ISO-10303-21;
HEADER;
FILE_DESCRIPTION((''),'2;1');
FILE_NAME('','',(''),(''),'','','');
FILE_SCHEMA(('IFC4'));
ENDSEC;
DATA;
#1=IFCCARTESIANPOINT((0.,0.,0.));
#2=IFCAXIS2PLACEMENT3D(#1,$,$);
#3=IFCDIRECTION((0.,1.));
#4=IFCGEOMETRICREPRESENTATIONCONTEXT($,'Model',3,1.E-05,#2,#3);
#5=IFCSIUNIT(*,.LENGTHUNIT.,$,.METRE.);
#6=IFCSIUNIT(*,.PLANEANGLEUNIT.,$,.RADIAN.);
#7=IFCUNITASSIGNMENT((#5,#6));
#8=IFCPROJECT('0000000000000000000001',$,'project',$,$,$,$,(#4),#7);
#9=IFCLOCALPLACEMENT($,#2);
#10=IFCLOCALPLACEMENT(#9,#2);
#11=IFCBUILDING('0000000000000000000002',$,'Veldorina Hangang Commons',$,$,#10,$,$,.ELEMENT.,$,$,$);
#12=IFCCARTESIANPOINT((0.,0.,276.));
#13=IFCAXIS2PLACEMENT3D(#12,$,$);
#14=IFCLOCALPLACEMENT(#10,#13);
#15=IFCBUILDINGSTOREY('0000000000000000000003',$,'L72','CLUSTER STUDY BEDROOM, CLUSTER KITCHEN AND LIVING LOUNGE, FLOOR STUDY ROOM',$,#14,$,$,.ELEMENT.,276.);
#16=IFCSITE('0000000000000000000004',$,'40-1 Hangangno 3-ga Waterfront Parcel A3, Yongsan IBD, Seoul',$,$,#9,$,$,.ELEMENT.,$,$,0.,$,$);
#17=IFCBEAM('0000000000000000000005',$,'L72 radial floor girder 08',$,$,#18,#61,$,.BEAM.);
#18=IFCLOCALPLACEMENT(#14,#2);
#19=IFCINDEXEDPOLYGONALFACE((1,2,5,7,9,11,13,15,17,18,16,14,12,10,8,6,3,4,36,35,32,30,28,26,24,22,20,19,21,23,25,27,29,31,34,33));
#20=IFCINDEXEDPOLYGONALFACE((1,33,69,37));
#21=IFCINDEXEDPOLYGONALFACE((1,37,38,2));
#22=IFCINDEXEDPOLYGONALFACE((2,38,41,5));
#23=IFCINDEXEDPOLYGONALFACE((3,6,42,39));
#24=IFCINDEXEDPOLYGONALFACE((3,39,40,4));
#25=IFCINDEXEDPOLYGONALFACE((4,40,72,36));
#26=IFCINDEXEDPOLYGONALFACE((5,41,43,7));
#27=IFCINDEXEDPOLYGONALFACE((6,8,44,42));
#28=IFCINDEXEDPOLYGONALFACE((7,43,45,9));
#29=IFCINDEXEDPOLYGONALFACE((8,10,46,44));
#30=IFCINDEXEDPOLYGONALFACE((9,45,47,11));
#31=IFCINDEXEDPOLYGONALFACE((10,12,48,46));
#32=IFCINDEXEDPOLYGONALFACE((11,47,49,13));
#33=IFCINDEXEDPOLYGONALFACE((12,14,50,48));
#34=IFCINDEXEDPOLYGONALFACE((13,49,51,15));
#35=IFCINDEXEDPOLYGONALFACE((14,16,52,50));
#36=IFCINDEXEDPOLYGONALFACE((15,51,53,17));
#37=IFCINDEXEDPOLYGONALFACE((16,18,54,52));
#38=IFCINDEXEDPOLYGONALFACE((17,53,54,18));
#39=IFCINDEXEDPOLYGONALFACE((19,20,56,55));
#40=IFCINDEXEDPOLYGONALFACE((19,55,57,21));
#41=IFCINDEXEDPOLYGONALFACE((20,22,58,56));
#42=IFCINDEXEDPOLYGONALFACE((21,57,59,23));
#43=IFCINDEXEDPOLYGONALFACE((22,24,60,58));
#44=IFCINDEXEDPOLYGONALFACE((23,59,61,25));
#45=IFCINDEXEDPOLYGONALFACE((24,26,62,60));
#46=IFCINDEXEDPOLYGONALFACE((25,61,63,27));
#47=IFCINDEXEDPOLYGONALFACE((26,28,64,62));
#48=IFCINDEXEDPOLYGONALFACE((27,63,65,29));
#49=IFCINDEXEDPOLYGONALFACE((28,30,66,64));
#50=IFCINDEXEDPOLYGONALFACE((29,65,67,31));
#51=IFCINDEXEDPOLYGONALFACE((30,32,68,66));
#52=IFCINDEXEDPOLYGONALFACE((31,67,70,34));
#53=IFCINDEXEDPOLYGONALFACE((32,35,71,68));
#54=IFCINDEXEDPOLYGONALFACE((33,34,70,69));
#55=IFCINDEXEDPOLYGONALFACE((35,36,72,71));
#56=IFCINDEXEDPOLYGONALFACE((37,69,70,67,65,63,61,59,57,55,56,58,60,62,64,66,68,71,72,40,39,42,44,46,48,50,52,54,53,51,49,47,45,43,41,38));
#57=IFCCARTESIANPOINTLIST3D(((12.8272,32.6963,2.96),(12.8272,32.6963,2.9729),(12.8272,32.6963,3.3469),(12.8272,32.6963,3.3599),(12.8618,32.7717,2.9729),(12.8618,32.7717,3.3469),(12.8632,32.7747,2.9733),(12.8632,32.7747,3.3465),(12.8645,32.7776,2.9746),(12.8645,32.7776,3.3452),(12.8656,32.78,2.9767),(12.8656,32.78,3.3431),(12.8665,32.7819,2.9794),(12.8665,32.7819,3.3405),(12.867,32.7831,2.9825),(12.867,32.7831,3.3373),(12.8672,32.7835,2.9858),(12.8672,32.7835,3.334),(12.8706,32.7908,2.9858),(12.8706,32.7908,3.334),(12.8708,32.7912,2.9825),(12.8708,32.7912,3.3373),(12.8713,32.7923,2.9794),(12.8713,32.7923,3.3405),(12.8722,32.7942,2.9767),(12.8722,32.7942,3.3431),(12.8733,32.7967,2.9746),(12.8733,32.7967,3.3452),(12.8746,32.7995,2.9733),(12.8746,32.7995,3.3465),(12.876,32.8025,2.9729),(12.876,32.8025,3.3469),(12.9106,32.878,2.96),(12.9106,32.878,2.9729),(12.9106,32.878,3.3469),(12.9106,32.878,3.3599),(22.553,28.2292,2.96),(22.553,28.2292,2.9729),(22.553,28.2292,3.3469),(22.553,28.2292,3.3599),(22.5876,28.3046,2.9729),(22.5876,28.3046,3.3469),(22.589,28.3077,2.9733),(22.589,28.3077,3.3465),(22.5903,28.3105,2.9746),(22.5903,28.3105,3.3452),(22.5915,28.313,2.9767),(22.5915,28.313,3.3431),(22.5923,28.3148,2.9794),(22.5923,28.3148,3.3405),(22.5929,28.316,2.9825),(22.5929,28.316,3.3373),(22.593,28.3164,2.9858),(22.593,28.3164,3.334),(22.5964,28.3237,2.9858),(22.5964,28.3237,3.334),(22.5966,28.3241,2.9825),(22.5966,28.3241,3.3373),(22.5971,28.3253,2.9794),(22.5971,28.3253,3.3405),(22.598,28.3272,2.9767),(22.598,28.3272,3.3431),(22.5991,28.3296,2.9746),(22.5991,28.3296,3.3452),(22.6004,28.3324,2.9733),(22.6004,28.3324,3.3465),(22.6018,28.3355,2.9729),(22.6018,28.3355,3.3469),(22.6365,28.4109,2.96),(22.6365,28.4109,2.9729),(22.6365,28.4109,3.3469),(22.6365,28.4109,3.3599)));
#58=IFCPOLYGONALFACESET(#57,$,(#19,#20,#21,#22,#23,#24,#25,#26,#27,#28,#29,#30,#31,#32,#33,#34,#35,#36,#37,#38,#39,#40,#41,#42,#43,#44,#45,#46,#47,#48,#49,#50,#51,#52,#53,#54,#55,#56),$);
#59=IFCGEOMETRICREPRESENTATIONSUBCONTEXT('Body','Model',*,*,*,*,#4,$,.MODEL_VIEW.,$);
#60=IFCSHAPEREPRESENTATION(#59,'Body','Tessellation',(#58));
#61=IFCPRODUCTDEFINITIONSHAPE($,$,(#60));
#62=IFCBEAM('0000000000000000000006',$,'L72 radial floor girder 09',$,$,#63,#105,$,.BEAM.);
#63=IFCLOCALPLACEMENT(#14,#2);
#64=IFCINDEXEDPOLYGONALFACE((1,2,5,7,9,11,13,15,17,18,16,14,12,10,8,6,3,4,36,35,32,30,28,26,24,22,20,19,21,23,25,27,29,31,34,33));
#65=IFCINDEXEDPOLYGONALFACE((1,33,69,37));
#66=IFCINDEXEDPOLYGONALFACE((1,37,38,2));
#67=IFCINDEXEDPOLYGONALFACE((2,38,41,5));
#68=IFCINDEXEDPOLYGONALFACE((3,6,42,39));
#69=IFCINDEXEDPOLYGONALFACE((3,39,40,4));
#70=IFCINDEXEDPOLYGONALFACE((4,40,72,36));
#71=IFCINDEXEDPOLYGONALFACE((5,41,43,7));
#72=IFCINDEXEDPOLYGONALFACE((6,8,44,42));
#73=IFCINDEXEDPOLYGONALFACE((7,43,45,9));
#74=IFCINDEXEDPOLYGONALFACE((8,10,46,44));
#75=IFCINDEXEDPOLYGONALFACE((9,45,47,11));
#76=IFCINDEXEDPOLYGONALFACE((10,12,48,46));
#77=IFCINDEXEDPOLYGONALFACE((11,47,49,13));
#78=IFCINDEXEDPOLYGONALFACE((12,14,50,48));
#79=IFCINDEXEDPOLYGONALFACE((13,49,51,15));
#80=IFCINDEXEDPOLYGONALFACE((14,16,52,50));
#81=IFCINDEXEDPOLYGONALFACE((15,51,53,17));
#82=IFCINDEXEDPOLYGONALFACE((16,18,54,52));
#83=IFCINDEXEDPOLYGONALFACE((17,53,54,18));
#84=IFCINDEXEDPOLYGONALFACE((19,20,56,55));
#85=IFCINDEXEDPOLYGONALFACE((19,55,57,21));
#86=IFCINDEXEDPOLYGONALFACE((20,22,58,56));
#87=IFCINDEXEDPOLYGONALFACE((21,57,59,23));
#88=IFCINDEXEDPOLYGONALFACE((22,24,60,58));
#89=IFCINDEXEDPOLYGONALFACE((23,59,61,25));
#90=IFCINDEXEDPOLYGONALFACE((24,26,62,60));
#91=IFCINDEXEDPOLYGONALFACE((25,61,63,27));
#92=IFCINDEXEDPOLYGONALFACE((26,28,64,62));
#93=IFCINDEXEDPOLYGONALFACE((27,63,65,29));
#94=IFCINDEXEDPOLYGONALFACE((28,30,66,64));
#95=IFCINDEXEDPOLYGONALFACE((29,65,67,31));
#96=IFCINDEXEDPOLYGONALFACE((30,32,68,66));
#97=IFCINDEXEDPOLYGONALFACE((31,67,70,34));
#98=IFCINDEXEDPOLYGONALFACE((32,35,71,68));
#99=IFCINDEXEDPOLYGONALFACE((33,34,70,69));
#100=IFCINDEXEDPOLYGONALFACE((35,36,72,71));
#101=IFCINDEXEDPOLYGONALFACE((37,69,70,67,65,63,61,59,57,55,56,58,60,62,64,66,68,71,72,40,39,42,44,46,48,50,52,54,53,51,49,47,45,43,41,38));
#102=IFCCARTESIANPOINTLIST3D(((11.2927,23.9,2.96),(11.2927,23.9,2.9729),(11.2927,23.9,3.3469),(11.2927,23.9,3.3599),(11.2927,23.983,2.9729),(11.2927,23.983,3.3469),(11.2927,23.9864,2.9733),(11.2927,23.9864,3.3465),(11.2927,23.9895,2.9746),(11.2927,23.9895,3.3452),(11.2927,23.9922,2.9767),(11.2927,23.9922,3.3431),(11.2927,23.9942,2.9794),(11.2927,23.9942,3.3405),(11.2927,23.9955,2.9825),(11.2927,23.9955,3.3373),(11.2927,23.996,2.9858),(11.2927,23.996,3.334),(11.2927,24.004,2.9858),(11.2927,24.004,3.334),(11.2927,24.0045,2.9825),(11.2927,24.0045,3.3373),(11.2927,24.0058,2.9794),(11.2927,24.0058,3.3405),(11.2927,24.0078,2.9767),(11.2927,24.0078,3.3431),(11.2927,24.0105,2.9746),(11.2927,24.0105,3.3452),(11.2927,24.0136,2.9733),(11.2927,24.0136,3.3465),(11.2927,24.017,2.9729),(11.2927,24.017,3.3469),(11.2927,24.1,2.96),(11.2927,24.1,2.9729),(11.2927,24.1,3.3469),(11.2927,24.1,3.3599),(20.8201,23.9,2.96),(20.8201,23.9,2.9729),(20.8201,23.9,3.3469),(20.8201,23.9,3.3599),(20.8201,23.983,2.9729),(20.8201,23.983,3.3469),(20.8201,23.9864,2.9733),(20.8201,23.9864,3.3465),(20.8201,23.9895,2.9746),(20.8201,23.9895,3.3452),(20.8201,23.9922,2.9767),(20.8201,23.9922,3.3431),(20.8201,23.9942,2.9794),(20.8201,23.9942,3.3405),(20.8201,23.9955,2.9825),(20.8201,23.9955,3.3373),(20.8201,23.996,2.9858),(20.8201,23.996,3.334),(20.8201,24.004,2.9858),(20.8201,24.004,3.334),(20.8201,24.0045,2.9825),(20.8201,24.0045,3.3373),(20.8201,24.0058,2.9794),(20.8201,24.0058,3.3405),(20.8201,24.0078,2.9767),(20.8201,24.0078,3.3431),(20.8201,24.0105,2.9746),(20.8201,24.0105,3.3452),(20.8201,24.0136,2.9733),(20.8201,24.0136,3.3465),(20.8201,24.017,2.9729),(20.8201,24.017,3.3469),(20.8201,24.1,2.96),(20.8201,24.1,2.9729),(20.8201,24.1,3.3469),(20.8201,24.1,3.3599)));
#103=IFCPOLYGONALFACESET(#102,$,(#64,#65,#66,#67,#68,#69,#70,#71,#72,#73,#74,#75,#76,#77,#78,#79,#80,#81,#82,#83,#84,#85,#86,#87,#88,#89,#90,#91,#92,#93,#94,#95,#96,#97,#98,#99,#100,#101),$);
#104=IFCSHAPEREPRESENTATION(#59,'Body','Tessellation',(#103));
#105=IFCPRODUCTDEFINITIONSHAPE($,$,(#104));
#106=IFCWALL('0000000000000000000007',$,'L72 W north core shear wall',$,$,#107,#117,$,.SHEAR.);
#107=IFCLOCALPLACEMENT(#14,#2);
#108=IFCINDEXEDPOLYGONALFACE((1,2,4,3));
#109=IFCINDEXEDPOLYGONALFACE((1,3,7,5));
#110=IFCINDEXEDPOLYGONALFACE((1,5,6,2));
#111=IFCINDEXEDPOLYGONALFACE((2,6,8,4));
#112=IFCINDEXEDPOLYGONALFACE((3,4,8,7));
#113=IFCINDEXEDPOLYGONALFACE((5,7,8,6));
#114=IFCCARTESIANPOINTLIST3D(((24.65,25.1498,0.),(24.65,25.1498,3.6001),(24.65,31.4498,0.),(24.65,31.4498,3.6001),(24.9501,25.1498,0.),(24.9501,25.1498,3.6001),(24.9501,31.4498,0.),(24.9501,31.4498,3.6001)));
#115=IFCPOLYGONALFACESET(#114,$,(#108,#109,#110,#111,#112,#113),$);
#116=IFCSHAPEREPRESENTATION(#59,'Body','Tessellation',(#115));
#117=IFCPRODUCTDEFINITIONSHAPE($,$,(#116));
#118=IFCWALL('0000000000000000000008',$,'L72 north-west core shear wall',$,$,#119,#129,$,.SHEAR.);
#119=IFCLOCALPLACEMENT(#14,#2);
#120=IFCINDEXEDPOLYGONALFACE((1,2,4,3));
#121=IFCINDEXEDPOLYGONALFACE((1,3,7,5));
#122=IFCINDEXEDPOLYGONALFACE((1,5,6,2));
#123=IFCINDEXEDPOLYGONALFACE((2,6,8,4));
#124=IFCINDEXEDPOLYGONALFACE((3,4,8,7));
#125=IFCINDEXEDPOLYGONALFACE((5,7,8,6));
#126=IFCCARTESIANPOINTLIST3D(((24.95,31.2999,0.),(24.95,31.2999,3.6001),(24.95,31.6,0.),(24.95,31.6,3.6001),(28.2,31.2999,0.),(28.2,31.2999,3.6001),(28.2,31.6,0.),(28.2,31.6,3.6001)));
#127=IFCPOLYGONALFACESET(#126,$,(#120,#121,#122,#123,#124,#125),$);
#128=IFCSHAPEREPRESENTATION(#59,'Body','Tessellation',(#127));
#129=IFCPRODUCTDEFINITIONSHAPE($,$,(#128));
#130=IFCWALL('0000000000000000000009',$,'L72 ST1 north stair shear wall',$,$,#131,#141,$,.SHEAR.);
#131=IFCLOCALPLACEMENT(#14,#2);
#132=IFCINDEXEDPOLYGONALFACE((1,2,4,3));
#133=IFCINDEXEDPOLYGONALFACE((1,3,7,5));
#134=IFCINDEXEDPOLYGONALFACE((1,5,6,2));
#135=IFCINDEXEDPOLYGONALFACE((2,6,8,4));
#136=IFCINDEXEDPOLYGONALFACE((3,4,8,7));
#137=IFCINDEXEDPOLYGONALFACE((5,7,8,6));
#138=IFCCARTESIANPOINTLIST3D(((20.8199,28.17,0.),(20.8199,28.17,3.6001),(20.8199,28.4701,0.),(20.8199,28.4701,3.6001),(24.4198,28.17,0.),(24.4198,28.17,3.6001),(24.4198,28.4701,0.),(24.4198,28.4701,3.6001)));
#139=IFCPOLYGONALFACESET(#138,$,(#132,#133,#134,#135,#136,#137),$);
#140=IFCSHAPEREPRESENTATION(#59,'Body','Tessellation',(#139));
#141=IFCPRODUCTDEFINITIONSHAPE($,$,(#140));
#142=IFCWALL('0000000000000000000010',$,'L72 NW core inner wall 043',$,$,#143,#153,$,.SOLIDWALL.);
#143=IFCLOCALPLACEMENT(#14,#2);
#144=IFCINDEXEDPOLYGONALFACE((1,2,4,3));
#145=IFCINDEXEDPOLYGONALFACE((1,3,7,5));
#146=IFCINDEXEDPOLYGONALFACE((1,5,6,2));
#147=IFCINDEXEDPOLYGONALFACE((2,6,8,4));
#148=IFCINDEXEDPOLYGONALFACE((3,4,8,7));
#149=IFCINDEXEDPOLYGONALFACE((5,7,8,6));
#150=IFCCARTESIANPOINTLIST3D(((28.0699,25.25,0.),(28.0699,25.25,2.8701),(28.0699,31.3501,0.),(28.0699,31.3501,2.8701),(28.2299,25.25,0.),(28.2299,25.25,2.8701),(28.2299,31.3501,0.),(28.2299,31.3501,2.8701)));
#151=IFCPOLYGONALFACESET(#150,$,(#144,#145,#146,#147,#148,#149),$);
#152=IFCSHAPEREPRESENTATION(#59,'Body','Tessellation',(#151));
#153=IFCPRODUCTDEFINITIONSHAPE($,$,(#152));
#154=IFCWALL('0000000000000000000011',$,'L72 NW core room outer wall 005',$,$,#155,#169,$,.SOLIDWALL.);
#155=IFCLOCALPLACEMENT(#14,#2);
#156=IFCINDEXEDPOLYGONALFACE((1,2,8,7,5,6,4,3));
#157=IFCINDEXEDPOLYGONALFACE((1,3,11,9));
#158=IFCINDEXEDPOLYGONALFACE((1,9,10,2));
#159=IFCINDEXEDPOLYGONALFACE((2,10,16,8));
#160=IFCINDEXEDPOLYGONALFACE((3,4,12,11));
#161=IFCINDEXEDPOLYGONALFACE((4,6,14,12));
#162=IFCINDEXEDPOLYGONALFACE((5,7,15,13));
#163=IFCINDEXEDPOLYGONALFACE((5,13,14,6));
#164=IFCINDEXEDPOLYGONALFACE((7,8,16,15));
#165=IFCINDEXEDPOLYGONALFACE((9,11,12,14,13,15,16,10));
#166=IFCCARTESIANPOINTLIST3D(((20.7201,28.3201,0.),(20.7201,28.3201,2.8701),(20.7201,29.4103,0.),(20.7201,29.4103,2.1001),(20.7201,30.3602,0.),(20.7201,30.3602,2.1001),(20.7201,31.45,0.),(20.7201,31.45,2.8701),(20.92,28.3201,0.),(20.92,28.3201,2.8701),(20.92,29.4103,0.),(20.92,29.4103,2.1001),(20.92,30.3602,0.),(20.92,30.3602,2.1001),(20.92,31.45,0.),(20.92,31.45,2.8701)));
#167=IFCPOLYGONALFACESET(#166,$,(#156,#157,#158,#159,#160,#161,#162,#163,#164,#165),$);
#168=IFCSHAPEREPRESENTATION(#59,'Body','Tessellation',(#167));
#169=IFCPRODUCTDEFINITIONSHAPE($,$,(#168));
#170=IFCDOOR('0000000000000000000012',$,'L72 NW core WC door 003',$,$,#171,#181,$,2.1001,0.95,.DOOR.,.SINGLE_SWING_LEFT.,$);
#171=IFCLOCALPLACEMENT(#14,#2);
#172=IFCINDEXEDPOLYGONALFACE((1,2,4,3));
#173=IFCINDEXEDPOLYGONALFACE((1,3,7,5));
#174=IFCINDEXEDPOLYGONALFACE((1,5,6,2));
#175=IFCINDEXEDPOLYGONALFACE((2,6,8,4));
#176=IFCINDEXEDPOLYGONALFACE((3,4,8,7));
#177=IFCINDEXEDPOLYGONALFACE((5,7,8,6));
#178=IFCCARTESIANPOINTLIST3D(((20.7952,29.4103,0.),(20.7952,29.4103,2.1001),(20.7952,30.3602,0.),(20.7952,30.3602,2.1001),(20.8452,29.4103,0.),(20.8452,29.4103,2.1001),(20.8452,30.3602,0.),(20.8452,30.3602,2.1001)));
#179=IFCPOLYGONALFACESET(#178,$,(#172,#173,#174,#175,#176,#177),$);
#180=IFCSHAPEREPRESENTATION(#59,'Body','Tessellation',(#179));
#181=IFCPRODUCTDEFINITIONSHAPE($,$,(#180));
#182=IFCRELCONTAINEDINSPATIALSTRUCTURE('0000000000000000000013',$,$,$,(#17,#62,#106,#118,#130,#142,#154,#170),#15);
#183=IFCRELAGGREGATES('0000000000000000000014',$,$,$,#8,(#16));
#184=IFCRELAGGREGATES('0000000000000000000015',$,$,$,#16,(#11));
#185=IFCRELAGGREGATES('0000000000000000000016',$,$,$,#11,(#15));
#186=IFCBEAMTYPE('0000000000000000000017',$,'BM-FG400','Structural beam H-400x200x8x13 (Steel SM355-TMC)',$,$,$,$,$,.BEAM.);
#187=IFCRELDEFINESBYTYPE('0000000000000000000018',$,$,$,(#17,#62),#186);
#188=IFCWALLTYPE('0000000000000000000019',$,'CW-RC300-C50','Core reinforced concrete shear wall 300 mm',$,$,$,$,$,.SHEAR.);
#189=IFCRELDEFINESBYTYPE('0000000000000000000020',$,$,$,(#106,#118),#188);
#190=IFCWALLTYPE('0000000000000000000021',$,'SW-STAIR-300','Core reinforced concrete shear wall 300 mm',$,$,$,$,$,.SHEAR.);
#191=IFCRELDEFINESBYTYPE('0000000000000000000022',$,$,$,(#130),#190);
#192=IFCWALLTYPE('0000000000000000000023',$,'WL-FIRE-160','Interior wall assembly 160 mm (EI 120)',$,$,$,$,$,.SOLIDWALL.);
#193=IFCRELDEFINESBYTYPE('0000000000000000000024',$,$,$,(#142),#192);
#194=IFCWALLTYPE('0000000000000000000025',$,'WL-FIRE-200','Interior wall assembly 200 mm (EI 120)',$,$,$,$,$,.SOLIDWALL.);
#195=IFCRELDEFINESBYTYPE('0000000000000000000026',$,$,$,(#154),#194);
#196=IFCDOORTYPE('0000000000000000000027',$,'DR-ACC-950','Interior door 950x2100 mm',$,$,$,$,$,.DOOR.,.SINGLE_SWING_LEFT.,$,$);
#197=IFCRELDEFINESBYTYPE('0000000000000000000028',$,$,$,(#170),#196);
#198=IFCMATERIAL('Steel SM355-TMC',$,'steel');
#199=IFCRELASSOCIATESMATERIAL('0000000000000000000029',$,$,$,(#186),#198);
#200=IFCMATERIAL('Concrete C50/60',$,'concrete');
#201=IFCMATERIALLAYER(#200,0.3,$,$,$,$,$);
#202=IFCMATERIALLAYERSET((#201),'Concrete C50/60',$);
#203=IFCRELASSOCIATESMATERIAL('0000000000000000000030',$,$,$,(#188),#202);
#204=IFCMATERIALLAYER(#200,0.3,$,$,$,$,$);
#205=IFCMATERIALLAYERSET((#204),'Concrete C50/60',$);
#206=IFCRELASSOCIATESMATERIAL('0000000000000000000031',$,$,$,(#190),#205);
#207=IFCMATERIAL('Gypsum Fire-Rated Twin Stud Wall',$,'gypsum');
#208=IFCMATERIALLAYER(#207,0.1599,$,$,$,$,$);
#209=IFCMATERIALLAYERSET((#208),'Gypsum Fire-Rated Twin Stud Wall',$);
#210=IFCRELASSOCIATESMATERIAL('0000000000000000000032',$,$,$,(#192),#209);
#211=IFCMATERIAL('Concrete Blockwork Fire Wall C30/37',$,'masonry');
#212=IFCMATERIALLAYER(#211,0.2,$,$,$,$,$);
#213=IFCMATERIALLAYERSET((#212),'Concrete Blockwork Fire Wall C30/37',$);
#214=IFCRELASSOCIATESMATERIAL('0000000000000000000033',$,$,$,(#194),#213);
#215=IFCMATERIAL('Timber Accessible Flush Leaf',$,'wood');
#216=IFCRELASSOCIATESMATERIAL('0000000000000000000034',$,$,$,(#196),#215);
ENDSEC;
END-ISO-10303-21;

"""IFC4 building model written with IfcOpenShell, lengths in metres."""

from ifc_helpers import new_model, si_unit, direction, frame, frame_2d, origin, origin_2d, place, context, subcontext, project, spatial, rectangle, i_section, extrude, material, layer, layer_set, material_profile, profile_set, type_object, element, fill, save


model = new_model("IFC4")

# Units and contexts
model_context = context("Model", 3, precision=1e-05, world=origin(), true_north=direction((0.0, 1.0)))
body_context = subcontext(model_context, "Body", "Model", "MODEL_VIEW")
ifc_project = project(units=[si_unit("LENGTHUNIT", "METRE"), si_unit("PLANEANGLEUNIT", "RADIAN")], contexts=[model_context])

# Site, building, storey
site_placement = place(None, origin())
site = spatial("IfcSite", under=ifc_project, at=site_placement, Name="40-1 Hangangno 3-ga Waterfront Parcel A3, Yongsan IBD, Seoul", CompositionType="ELEMENT", RefElevation=0.0)
building_placement = place(site_placement, origin())
building = spatial("IfcBuilding", under=site, at=building_placement, Name="Veldorina Hangang Commons", CompositionType="ELEMENT")
storey_placement = place(building_placement, frame((0.0, 0.0, 276.0)))
storey = spatial("IfcBuildingStorey", under=building, at=storey_placement, Name="L72", Description="CLUSTER STUDY BEDROOM, CLUSTER KITCHEN AND LIVING LOUNGE, FLOOR STUDY ROOM", CompositionType="ELEMENT", Elevation=276.0)

# Beams
ifc_material_1 = material(Name="Concrete C50/60", Category="concrete")
ifc_material_2 = material(Name="Steel SM355-TMC", Category="steel")
ifc_material_profile_1 = material_profile(ifc_material_2, i_section(OverallWidth=0.2, OverallDepth=0.3999, WebThickness=0.0081, FlangeThickness=0.0129, FilletRadius=0.0129, at=origin_2d()), Name="H-400x200x8x13")
ifc_profile_set_1 = profile_set([ifc_material_profile_1], Name="Steel SM355-TMC")
beam_type_1 = type_object("IfcBeamType", Name="BM-FG400", Description="Structural beam H-400x200x8x13 (Steel SM355-TMC)", PredefinedType="BEAM", material=ifc_profile_set_1)
beam_1_placement = place(storey_placement, frame((22.5947, 28.3201, 3.1599), z_axis=(-0.908733, 0.417378, 0.0), x_axis=(-0.417378, -0.908733, 0.0)))
element("IfcBeam", 1, at=beam_1_placement, inside=storey, type_object=beam_type_1, Name="L72 radial floor girder 08", PredefinedType="BEAM", context=body_context, shape_type="SweptSolid", body=[
    extrude(i_section(OverallWidth=0.2, OverallDepth=0.3999, WebThickness=0.0081, FlangeThickness=0.0129, FilletRadius=0.0129, at=origin_2d()), origin(), (0.0, 0.0, 1.0), 10.7026),
])
beam_2_placement = place(storey_placement, frame((20.8201, 24.0, 3.1599), z_axis=(-1.0, 0.0, 0.0), x_axis=(0.0, -1.0, 0.0)))
element("IfcBeam", 2, at=beam_2_placement, inside=storey, type_object=beam_type_1, Name="L72 radial floor girder 09", PredefinedType="BEAM", context=body_context, shape_type="SweptSolid", body=[
    extrude(i_section(OverallWidth=0.2, OverallDepth=0.3999, WebThickness=0.0081, FlangeThickness=0.0129, FilletRadius=0.0129, at=origin_2d()), origin(), (0.0, 0.0, 1.0), 9.5273),
])

# Walls
ifc_layer_1 = layer(ifc_material_1, 0.3)
ifc_layer_set_1 = layer_set([ifc_layer_1], Name="Concrete C50/60")
wall_type_1 = type_object("IfcWallType", Name="CW-RC300-C50", Description="Core reinforced concrete shear wall 300 mm", PredefinedType="SHEAR", material=ifc_layer_set_1)
wall_1_placement = place(storey_placement, frame((24.8, 25.1499, 0.0), z_axis=(0.0, 0.0, 1.0), x_axis=(0.0, 1.0, 0.0)))
element("IfcWall", 3, at=wall_1_placement, inside=storey, type_object=wall_type_1, Name="L72 W north core shear wall", PredefinedType="SHEAR", context=body_context, shape_type="SweptSolid", body=[
    extrude(rectangle(XDim=6.3, YDim=0.3, at=frame_2d((3.1499, 0.0))), origin(), (0.0, 0.0, 1.0), 3.6001),
])
wall_2_placement = place(storey_placement, frame((24.95, 31.45, 0.0), z_axis=(0.0, 0.0, 1.0), x_axis=(1.0, 0.0, 0.0)))
element("IfcWall", 4, at=wall_2_placement, inside=storey, type_object=wall_type_1, Name="L72 north-west core shear wall", PredefinedType="SHEAR", context=body_context, shape_type="SweptSolid", body=[
    extrude(rectangle(XDim=3.25, YDim=0.3, at=frame_2d((1.625, 0.0))), origin(), (0.0, 0.0, 1.0), 3.6001),
])
ifc_layer_2 = layer(ifc_material_1, 0.3)
ifc_layer_set_2 = layer_set([ifc_layer_2], Name="Concrete C50/60")
wall_type_2 = type_object("IfcWallType", Name="SW-STAIR-300", Description="Core reinforced concrete shear wall 300 mm", PredefinedType="SHEAR", material=ifc_layer_set_2)
wall_3_placement = place(storey_placement, frame((20.8201, 28.3201, 0.0), z_axis=(0.0, 0.0, 1.0), x_axis=(1.0, 0.0, 0.0)))
element("IfcWall", 5, at=wall_3_placement, inside=storey, type_object=wall_type_2, Name="L72 ST1 north stair shear wall", PredefinedType="SHEAR", context=body_context, shape_type="SweptSolid", body=[
    extrude(rectangle(XDim=3.5999, YDim=0.3, at=frame_2d((1.7998, 0.0))), origin(), (0.0, 0.0, 1.0), 3.6001),
])
ifc_material_3 = material(Name="Gypsum Fire-Rated Twin Stud Wall", Category="gypsum")
ifc_layer_3 = layer(ifc_material_3, 0.1599)
ifc_layer_set_3 = layer_set([ifc_layer_3], Name="Gypsum Fire-Rated Twin Stud Wall")
wall_type_3 = type_object("IfcWallType", Name="WL-FIRE-160", Description="Interior wall assembly 160 mm (EI 120)", PredefinedType="SOLIDWALL", material=ifc_layer_set_3)
wall_4_placement = place(storey_placement, frame((28.1499, 25.25, 0.0), z_axis=(0.0, 0.0, 1.0), x_axis=(0.0, 1.0, 0.0)))
element("IfcWall", 6, at=wall_4_placement, inside=storey, type_object=wall_type_3, Name="L72 NW core inner wall 043", PredefinedType="SOLIDWALL", context=body_context, shape_type="SweptSolid", body=[
    extrude(rectangle(XDim=6.1001, YDim=0.1599, at=frame_2d((3.05, 0.0))), origin(), (0.0, 0.0, 1.0), 2.8701),
])

# Wall, opening, door
ifc_material_4 = material(Name="Concrete Blockwork Fire Wall C30/37", Category="masonry")
ifc_layer_4 = layer(ifc_material_4, 0.2)
ifc_layer_set_4 = layer_set([ifc_layer_4], Name="Concrete Blockwork Fire Wall C30/37")
wall_type_4 = type_object("IfcWallType", Name="WL-FIRE-200", Description="Interior wall assembly 200 mm (EI 120)", PredefinedType="SOLIDWALL", material=ifc_layer_set_4)
wall_5_placement = place(storey_placement, frame((20.8201, 28.3201, 0.0), z_axis=(0.0, 0.0, 1.0), x_axis=(0.0, 1.0, 0.0)))
wall_5 = element("IfcWall", 7, at=wall_5_placement, inside=storey, type_object=wall_type_4, Name="L72 NW core room outer wall 005", PredefinedType="SOLIDWALL", context=body_context, shape_type="SweptSolid", body=[
    extrude(rectangle(XDim=3.1299, YDim=0.2, at=frame_2d((1.5649, 0.0))), origin(), (0.0, 0.0, 1.0), 2.8701),
])
opening_1_placement = place(wall_5_placement, frame((1.0901, 0.0, 0.0)))
opening_1 = element("IfcOpeningElement", 8, at=opening_1_placement, cuts=wall_5, PredefinedType="OPENING", context=body_context, shape_type="SweptSolid", body=[
    extrude(rectangle(XDim=0.95, YDim=2.1001, at=frame_2d((0.4751, 1.05))), frame((0.0, 0.1099, 0.0), z_axis=(0.0, -1.0, 0.0), x_axis=(1.0, 0.0, 0.0)), (0.0, 0.0, 1.0), 0.22),
])
ifc_material_5 = material(Name="Timber Accessible Flush Leaf", Category="wood")
door_type_1 = type_object("IfcDoorType", Name="DR-ACC-950", Description="Interior door 950x2100 mm", OperationType="SINGLE_SWING_LEFT", PredefinedType="DOOR", material=ifc_material_5)
door_1_placement = place(opening_1_placement, origin())
door_1 = element("IfcDoor", 9, at=door_1_placement, inside=storey, type_object=door_type_1, Name="L72 NW core WC door 003", OperationType="SINGLE_SWING_LEFT", OverallHeight=2.1001, OverallWidth=0.95, PredefinedType="DOOR", context=body_context, shape_type="SweptSolid", body=[
    extrude(rectangle(XDim=0.95, YDim=2.1001, at=frame_2d((0.4751, 1.05))), frame((0.0, 0.0249, 0.0), z_axis=(0.0, -1.0, 0.0), x_axis=(1.0, 0.0, 0.0)), (0.0, 0.0, 1.0), 0.05),
])
fill(opening_1, door_1)

save(model, "model.ifc")
